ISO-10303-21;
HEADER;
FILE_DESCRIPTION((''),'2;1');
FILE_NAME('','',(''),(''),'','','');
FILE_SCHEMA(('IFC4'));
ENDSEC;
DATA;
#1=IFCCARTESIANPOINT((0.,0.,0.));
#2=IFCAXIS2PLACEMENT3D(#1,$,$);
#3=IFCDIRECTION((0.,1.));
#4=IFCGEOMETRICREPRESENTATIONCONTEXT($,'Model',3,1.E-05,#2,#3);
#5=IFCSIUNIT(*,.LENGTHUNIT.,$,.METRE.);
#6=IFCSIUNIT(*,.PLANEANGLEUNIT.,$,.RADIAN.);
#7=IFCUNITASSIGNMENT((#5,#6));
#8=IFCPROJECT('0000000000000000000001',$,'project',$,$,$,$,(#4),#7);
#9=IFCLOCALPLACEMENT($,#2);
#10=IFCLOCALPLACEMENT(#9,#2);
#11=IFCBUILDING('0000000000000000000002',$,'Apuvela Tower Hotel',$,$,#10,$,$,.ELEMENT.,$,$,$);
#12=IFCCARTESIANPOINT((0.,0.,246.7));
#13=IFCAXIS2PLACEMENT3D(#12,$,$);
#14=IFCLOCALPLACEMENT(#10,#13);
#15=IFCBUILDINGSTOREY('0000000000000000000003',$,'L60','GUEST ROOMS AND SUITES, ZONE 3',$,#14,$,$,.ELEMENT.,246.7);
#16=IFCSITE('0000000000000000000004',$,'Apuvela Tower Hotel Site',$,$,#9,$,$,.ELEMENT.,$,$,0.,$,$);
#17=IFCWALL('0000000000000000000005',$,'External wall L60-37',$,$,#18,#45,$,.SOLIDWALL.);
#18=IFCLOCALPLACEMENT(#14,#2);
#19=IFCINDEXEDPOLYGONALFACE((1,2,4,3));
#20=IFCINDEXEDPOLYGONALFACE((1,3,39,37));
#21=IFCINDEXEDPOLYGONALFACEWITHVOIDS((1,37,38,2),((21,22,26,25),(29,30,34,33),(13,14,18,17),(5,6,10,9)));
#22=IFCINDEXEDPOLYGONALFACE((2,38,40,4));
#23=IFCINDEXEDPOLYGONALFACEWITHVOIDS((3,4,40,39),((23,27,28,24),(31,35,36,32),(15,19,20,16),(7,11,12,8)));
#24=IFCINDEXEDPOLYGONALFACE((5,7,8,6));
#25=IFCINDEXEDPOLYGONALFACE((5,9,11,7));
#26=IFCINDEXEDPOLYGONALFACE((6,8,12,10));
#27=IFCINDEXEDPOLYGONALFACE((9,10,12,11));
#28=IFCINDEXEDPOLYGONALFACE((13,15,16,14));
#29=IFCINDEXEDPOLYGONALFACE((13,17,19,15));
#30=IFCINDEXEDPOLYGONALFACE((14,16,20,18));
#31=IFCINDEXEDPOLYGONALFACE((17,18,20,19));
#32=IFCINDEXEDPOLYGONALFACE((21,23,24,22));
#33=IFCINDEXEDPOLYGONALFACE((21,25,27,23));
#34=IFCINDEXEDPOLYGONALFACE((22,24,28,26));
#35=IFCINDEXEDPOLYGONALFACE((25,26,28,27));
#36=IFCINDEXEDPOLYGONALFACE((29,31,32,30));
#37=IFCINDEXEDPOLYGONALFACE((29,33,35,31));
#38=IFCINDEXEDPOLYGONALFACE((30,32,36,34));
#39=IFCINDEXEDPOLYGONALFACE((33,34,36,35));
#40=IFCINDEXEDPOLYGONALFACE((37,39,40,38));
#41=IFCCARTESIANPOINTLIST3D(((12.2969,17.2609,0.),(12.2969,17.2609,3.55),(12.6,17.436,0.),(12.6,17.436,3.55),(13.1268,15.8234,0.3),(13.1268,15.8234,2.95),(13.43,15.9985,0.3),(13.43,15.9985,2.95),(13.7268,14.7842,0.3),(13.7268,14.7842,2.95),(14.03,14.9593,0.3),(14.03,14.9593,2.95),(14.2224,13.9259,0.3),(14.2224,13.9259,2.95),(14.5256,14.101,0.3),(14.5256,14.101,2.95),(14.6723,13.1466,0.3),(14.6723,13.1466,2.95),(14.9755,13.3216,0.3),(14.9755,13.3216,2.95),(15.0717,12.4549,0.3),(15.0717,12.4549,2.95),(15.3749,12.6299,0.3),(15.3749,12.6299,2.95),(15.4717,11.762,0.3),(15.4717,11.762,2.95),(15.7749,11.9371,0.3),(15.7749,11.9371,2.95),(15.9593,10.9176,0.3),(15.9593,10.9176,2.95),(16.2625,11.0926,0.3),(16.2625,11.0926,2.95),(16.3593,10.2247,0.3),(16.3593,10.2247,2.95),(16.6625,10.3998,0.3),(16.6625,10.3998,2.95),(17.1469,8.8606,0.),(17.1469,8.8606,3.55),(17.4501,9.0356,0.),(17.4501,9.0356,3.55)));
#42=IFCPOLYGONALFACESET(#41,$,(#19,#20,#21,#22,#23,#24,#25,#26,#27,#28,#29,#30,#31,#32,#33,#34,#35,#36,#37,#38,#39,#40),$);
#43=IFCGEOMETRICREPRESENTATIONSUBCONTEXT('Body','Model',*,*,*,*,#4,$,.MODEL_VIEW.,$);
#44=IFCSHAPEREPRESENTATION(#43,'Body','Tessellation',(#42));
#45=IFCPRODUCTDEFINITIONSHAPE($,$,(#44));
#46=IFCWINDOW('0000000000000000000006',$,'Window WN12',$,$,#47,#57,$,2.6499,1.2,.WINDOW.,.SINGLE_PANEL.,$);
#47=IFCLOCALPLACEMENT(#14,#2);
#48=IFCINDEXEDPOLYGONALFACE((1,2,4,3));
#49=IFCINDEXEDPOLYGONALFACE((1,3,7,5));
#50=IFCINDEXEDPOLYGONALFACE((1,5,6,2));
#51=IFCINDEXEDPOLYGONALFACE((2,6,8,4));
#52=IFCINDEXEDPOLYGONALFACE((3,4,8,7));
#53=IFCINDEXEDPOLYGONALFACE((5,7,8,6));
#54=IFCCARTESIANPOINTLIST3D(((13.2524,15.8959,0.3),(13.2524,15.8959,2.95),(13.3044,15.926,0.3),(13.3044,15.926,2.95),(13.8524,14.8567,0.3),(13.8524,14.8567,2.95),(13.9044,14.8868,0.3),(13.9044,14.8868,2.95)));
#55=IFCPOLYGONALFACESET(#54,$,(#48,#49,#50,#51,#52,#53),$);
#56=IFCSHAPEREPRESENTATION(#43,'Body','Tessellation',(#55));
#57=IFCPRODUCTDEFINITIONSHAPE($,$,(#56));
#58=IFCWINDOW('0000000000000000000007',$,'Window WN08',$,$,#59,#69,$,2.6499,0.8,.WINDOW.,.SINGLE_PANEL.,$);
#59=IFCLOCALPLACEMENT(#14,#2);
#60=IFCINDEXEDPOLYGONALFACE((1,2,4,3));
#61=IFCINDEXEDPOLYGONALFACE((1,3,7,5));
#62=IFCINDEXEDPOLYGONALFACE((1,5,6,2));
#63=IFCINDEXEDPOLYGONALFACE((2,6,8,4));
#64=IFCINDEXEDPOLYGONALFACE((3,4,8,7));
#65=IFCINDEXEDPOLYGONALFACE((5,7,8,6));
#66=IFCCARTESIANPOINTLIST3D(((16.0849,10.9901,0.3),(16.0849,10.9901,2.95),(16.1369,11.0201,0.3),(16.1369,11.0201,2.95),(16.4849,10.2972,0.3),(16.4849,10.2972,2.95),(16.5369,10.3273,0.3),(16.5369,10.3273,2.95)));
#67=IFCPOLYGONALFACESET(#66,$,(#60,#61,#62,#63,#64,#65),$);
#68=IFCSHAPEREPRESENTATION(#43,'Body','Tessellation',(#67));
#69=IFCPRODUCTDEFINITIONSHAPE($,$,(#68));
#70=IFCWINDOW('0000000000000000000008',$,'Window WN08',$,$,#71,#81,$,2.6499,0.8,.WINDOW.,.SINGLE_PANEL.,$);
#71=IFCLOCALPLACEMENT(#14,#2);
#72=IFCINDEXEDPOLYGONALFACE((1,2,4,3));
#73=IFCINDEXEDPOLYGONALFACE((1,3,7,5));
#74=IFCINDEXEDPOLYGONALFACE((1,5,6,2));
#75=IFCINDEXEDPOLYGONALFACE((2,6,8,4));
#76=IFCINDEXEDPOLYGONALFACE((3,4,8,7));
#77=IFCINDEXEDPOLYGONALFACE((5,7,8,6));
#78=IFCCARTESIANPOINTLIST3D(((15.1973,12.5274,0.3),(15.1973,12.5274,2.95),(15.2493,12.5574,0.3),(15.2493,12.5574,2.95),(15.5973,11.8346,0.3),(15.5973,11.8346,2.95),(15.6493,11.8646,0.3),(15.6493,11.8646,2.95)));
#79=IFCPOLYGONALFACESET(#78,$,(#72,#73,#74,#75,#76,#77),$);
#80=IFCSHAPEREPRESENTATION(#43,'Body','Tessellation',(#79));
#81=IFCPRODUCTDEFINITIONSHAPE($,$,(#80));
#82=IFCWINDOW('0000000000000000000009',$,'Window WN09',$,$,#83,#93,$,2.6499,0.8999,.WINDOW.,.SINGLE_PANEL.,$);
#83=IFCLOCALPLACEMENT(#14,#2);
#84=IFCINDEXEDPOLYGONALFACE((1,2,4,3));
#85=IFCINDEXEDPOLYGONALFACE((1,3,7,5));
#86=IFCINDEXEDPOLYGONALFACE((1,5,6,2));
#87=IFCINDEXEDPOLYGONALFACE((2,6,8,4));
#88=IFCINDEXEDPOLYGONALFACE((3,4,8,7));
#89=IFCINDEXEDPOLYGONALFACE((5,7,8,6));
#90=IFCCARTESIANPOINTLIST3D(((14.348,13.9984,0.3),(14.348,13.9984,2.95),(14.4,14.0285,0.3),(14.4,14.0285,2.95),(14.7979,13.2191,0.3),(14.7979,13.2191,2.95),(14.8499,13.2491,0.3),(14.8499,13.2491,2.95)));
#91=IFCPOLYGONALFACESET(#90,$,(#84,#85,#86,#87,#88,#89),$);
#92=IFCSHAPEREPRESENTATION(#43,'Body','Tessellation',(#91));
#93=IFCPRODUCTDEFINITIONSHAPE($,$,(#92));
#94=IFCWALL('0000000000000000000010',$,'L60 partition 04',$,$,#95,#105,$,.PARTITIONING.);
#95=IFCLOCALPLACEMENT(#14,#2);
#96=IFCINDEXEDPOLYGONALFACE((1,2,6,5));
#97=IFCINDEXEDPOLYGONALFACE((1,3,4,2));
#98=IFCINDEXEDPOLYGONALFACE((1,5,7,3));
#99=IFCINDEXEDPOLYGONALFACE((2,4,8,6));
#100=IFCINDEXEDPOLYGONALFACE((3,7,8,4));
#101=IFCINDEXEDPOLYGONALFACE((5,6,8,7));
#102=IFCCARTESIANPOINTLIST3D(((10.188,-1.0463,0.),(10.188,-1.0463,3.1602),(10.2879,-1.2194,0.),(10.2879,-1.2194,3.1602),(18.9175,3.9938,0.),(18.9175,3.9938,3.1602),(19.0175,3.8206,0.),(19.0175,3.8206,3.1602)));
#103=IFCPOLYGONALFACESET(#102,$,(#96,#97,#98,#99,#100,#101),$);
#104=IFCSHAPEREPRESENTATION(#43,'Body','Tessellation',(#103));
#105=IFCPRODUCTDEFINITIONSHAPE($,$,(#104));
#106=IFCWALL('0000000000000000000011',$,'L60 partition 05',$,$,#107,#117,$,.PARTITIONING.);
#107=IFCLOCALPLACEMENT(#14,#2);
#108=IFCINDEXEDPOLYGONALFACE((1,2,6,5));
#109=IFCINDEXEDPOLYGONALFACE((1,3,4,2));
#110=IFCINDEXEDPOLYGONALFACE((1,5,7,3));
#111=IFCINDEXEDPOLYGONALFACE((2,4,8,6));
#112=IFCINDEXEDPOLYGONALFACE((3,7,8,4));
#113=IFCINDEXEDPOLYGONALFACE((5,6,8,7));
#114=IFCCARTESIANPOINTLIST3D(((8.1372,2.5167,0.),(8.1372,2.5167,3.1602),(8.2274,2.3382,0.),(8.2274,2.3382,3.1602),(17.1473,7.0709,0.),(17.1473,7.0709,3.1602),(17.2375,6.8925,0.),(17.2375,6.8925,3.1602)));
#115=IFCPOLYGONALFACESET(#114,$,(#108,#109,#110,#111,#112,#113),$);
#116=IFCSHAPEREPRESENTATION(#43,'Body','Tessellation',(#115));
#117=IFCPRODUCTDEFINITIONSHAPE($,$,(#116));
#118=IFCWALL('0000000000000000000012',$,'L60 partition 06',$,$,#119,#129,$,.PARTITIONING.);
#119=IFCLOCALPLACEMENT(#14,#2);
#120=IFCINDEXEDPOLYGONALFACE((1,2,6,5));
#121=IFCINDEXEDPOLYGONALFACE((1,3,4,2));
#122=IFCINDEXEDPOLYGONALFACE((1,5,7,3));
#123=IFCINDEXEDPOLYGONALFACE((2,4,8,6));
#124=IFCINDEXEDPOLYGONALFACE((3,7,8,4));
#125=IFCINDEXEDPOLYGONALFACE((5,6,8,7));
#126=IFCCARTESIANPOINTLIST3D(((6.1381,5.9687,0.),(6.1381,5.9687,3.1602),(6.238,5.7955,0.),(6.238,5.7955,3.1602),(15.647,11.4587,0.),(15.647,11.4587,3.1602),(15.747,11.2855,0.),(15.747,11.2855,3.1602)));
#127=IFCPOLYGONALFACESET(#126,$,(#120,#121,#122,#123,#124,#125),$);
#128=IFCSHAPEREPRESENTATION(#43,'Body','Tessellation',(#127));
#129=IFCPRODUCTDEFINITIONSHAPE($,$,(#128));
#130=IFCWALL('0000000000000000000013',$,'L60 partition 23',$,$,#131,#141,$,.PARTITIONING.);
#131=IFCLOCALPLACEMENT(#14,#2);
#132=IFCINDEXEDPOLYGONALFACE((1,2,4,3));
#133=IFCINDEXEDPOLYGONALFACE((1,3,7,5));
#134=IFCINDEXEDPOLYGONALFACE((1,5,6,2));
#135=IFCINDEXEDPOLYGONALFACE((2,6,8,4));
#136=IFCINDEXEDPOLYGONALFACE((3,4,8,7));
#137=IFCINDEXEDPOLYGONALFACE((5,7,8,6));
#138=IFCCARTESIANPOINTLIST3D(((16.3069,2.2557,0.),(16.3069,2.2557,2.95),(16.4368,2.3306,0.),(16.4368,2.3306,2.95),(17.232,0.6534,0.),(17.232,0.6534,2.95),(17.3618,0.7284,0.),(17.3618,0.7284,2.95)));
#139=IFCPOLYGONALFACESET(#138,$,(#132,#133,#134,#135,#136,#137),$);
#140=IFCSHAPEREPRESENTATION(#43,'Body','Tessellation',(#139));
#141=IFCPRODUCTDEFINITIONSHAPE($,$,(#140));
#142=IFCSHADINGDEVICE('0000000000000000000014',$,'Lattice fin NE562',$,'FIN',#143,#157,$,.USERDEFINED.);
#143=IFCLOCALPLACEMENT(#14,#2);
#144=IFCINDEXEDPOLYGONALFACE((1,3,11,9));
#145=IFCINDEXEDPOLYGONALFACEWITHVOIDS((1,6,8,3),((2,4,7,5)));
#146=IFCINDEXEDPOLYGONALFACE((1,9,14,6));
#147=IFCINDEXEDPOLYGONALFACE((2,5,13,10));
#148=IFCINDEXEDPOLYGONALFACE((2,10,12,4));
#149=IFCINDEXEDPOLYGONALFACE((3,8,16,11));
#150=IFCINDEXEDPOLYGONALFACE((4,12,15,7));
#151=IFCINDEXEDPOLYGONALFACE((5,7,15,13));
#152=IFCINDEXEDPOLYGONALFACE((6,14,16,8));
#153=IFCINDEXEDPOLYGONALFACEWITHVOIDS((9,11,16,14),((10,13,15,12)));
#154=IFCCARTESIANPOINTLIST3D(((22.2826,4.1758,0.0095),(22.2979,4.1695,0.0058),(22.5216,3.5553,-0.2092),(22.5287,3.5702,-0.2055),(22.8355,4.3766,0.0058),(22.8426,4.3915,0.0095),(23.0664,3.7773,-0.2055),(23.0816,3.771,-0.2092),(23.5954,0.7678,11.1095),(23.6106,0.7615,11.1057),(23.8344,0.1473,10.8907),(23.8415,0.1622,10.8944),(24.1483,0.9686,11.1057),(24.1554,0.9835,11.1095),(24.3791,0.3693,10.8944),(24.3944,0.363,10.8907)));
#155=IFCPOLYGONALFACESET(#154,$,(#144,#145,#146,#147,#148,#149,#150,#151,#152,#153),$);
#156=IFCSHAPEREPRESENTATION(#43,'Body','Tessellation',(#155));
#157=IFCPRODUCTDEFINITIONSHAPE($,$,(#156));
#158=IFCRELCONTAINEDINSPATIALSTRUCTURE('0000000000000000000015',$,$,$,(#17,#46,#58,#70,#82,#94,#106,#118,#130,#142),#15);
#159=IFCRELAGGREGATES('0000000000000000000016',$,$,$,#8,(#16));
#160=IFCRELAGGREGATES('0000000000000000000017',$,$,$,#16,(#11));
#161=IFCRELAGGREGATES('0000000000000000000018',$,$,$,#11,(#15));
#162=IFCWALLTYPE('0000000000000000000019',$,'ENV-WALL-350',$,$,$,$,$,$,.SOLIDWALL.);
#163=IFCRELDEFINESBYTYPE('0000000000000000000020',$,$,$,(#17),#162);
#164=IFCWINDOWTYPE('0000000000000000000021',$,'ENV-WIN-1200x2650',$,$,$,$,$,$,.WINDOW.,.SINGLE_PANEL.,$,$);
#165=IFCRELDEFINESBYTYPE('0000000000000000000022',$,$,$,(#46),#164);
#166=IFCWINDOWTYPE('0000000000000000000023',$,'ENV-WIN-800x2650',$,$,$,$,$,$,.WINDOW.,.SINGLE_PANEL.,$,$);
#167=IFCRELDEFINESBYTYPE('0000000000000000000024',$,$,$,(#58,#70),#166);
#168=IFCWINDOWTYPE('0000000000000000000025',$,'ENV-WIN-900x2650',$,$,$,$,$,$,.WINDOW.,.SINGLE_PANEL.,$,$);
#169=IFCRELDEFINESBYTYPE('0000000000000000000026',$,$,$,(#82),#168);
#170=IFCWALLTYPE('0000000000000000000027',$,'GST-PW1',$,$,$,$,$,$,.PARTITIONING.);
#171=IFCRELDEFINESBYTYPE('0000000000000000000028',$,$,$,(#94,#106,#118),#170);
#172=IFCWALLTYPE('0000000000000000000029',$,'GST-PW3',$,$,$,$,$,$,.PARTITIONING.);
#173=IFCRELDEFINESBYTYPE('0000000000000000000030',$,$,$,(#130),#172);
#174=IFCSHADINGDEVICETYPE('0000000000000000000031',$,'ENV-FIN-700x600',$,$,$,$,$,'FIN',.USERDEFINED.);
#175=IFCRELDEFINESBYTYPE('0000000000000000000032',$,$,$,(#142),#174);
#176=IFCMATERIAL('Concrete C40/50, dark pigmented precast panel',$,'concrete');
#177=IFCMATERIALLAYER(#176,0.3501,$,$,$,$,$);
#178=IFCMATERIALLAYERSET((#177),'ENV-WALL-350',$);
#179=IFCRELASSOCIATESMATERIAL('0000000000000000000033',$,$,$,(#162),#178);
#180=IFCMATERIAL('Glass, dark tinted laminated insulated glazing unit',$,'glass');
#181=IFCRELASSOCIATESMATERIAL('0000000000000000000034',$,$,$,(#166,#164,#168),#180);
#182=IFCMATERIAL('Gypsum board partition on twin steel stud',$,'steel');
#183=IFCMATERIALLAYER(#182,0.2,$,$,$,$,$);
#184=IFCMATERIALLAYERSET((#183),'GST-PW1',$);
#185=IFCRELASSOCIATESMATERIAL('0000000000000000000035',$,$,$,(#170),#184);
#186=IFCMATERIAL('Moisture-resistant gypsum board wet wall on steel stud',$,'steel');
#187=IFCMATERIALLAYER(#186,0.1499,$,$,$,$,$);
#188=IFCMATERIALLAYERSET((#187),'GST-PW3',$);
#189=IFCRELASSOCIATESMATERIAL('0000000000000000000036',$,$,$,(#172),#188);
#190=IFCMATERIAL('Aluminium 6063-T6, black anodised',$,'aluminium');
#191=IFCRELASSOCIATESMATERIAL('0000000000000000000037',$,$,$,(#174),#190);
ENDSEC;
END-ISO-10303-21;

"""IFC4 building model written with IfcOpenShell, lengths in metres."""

from ifc_helpers import new_model, si_unit, direction, frame, frame_2d, origin, origin_2d, place, context, subcontext, project, spatial, rectangle, hollow_rectangle, extrude, material, layer, layer_set, material_profile, profile_set, type_object, element, fill, save


model = new_model("IFC4")

# Units and contexts
model_context = context("Model", 3, precision=1e-05, world=origin(), true_north=direction((0.0, 1.0)))
body_context = subcontext(model_context, "Body", "Model", "MODEL_VIEW")
ifc_project = project(units=[si_unit("LENGTHUNIT", "METRE"), si_unit("PLANEANGLEUNIT", "RADIAN")], contexts=[model_context])

# Site, building, storey
site_placement = place(None, origin())
site = spatial("IfcSite", under=ifc_project, at=site_placement, Name="Apuvela Tower Hotel Site", CompositionType="ELEMENT", RefElevation=0.0)
building_placement = place(site_placement, origin())
building = spatial("IfcBuilding", under=site, at=building_placement, Name="Apuvela Tower Hotel", CompositionType="ELEMENT")
storey_placement = place(building_placement, frame((0.0, 0.0, 246.7)))
storey = spatial("IfcBuildingStorey", under=building, at=storey_placement, Name="L60", Description="GUEST ROOMS AND SUITES, ZONE 3", CompositionType="ELEMENT", Elevation=246.7)

# Shared definitions
ifc_material_1 = material(Name="Concrete C40/50, dark pigmented precast panel", Category="concrete")
ifc_layer_1 = layer(ifc_material_1, 0.3501)
ifc_layer_set_1 = layer_set([ifc_layer_1], Name="ENV-WALL-350")
wall_type_1 = type_object("IfcWallType", Name="ENV-WALL-350", PredefinedType="SOLIDWALL", material=ifc_layer_set_1)

# Shared definitions
ifc_material_2 = material(Name="Glass, dark tinted laminated insulated glazing unit", Category="glass")
window_type_1 = type_object("IfcWindowType", Name="ENV-WIN-800x2650", PartitioningType="SINGLE_PANEL", PredefinedType="WINDOW", material=ifc_material_2)

# Wall, openings, windows
wall_1_placement = place(storey_placement, frame((17.2986, 8.948, 0.0), z_axis=(0.0, 0.0, 1.0), x_axis=(-0.50001, 0.86602, 0.0)))
wall_1 = element("IfcWall", 1, at=wall_1_placement, inside=storey, type_object=wall_type_1, Name="External wall L60-37", PredefinedType="SOLIDWALL", context=body_context, shape_type="SweptSolid", body=[
    extrude(rectangle(XDim=9.7, YDim=0.3501, at=frame_2d((4.8501, 0.0))), origin(), (0.0, 0.0, 1.0), 3.55),
])
opening_1_placement = place(wall_1_placement, frame((1.5754, 0.0, 0.3)))
opening_1 = element("IfcOpeningElement", 2, at=opening_1_placement, cuts=wall_1, PredefinedType="OPENING", context=body_context, shape_type="SweptSolid", body=[
    extrude(rectangle(XDim=0.8, YDim=2.6499, at=frame_2d((0.3999, 1.325))), frame((0.0, 0.1851, 0.0), z_axis=(0.0, -1.0, 0.0), x_axis=(1.0, 0.0, 0.0)), (0.0, 0.0, 1.0), 0.3701),
])
opening_2_placement = place(wall_1_placement, frame((3.3506, 0.0, 0.3)))
opening_2 = element("IfcOpeningElement", 3, at=opening_2_placement, cuts=wall_1, PredefinedType="OPENING", context=body_context, shape_type="SweptSolid", body=[
    extrude(rectangle(XDim=0.8, YDim=2.6499, at=frame_2d((0.3999, 1.325))), frame((0.0, 0.1851, 0.0), z_axis=(0.0, -1.0, 0.0), x_axis=(1.0, 0.0, 0.0)), (0.0, 0.0, 1.0), 0.3701),
])
opening_3_placement = place(wall_1_placement, frame((4.9492, 0.0, 0.3)))
opening_3 = element("IfcOpeningElement", 4, at=opening_3_placement, cuts=wall_1, PredefinedType="OPENING", context=body_context, shape_type="SweptSolid", body=[
    extrude(rectangle(XDim=0.8999, YDim=2.6499, at=frame_2d((0.45, 1.325))), frame((0.0, 0.1851, 0.0), z_axis=(0.0, -1.0, 0.0), x_axis=(1.0, 0.0, 0.0)), (0.0, 0.0, 1.0), 0.3701),
])
opening_4_placement = place(wall_1_placement, frame((6.8401, 0.0, 0.3)))
opening_4 = element("IfcOpeningElement", 5, at=opening_4_placement, cuts=wall_1, PredefinedType="OPENING", context=body_context, shape_type="SweptSolid", body=[
    extrude(rectangle(XDim=1.2, YDim=2.6499, at=frame_2d((0.6001, 1.325))), frame((0.0, 0.1851, 0.0), z_axis=(0.0, -1.0, 0.0), x_axis=(1.0, 0.0, 0.0)), (0.0, 0.0, 1.0), 0.3701),
])
window_type_2 = type_object("IfcWindowType", Name="ENV-WIN-1200x2650", PartitioningType="SINGLE_PANEL", PredefinedType="WINDOW", material=ifc_material_2)
window_1_placement = place(opening_4_placement, origin())
window_1 = element("IfcWindow", 6, at=window_1_placement, inside=storey, type_object=window_type_2, Name="Window WN12", OverallHeight=2.6499, OverallWidth=1.2, PartitioningType="SINGLE_PANEL", PredefinedType="WINDOW", context=body_context, shape_type="SweptSolid", body=[
    extrude(rectangle(XDim=1.2, YDim=2.6499, at=frame_2d((0.6001, 1.325))), frame((0.0, 0.03, 0.0), z_axis=(0.0, -1.0, 0.0), x_axis=(1.0, 0.0, 0.0)), (0.0, 0.0, 1.0), 0.0601),
])
fill(opening_4, window_1)
window_2_placement = place(opening_1_placement, origin())
window_2 = element("IfcWindow", 7, at=window_2_placement, inside=storey, type_object=window_type_1, Name="Window WN08", OverallHeight=2.6499, OverallWidth=0.8, PartitioningType="SINGLE_PANEL", PredefinedType="WINDOW", context=body_context, shape_type="SweptSolid", body=[
    extrude(rectangle(XDim=0.8, YDim=2.6499, at=frame_2d((0.3999, 1.325))), frame((0.0, 0.03, 0.0), z_axis=(0.0, -1.0, 0.0), x_axis=(1.0, 0.0, 0.0)), (0.0, 0.0, 1.0), 0.0601),
])
fill(opening_1, window_2)
window_3_placement = place(opening_2_placement, origin())
window_3 = element("IfcWindow", 8, at=window_3_placement, inside=storey, type_object=window_type_1, Name="Window WN08", OverallHeight=2.6499, OverallWidth=0.8, PartitioningType="SINGLE_PANEL", PredefinedType="WINDOW", context=body_context, shape_type="SweptSolid", body=[
    extrude(rectangle(XDim=0.8, YDim=2.6499, at=frame_2d((0.3999, 1.325))), frame((0.0, 0.03, 0.0), z_axis=(0.0, -1.0, 0.0), x_axis=(1.0, 0.0, 0.0)), (0.0, 0.0, 1.0), 0.0601),
])
fill(opening_2, window_3)
window_type_3 = type_object("IfcWindowType", Name="ENV-WIN-900x2650", PartitioningType="SINGLE_PANEL", PredefinedType="WINDOW", material=ifc_material_2)
window_4_placement = place(opening_3_placement, origin())
window_4 = element("IfcWindow", 9, at=window_4_placement, inside=storey, type_object=window_type_3, Name="Window WN09", OverallHeight=2.6499, OverallWidth=0.8999, PartitioningType="SINGLE_PANEL", PredefinedType="WINDOW", context=body_context, shape_type="SweptSolid", body=[
    extrude(rectangle(XDim=0.8999, YDim=2.6499, at=frame_2d((0.45, 1.325))), frame((0.0, 0.03, 0.0), z_axis=(0.0, -1.0, 0.0), x_axis=(1.0, 0.0, 0.0)), (0.0, 0.0, 1.0), 0.0601),
])
fill(opening_3, window_4)

# Walls
ifc_material_3 = material(Name="Gypsum board partition on twin steel stud", Category="steel")
ifc_layer_2 = layer(ifc_material_3, 0.2)
ifc_layer_set_2 = layer_set([ifc_layer_2], Name="GST-PW1")
wall_type_2 = type_object("IfcWallType", Name="GST-PW1", PredefinedType="PARTITIONING", material=ifc_layer_set_2)
wall_2_placement = place(storey_placement, frame((18.9675, 3.9072, 0.0), z_axis=(0.0, 0.0, 1.0), x_axis=(-0.866023, -0.500005, 0.0)))
element("IfcWall", 10, at=wall_2_placement, inside=storey, type_object=wall_type_2, Name="L60 partition 04", PredefinedType="PARTITIONING", context=body_context, shape_type="SweptSolid", body=[
    extrude(rectangle(XDim=10.0801, YDim=0.2, at=frame_2d((5.04, 0.0))), origin(), (0.0, 0.0, 1.0), 3.1602),
])
wall_3_placement = place(storey_placement, frame((17.1924, 6.9817, 0.0), z_axis=(0.0, 0.0, 1.0), x_axis=(-0.89247, -0.451108, 0.0)))
element("IfcWall", 11, at=wall_3_placement, inside=storey, type_object=wall_type_2, Name="L60 partition 05", PredefinedType="PARTITIONING", context=body_context, shape_type="SweptSolid", body=[
    extrude(rectangle(XDim=10.0957, YDim=0.2, at=frame_2d((5.0479, 0.0))), origin(), (0.0, 0.0, 1.0), 3.1602),
])
wall_4_placement = place(storey_placement, frame((15.697, 11.3721, 0.0), z_axis=(0.0, 0.0, 1.0), x_axis=(-0.866027, -0.499996, 0.0)))
element("IfcWall", 12, at=wall_4_placement, inside=storey, type_object=wall_type_2, Name="L60 partition 06", PredefinedType="PARTITIONING", context=body_context, shape_type="SweptSolid", body=[
    extrude(rectangle(XDim=10.98, YDim=0.2, at=frame_2d((5.49, 0.0))), origin(), (0.0, 0.0, 1.0), 3.1602),
])
ifc_material_4 = material(Name="Moisture-resistant gypsum board wet wall on steel stud", Category="steel")
ifc_layer_3 = layer(ifc_material_4, 0.1499)
ifc_layer_set_3 = layer_set([ifc_layer_3], Name="GST-PW3")
wall_type_3 = type_object("IfcWallType", Name="GST-PW3", PredefinedType="PARTITIONING", material=ifc_layer_set_3)
wall_5_placement = place(storey_placement, frame((17.2969, 0.6909, 0.0), z_axis=(0.0, 0.0, 1.0), x_axis=(-0.499985, 0.866034, 0.0)))
element("IfcWall", 13, at=wall_5_placement, inside=storey, type_object=wall_type_3, Name="L60 partition 23", PredefinedType="PARTITIONING", context=body_context, shape_type="SweptSolid", body=[
    extrude(rectangle(XDim=1.8501, YDim=0.1499, at=frame_2d((0.925, 0.0))), origin(), (0.0, 0.0, 1.0), 2.95),
])

# Shading device
ifc_material_5 = material(Name="Aluminium 6063-T6, black anodised", Category="aluminium")
ifc_material_profile_1 = material_profile(ifc_material_5, hollow_rectangle(XDim=0.6001, YDim=0.7, WallThickness=0.012, at=origin_2d()), Name="AL BOX 700x600x12")
ifc_profile_set_1 = profile_set([ifc_material_profile_1], Name="Aluminium 6063-T6, black anodised")
shading_device_type = type_object("IfcShadingDeviceType", Name="ENV-FIN-700x600", ElementType="FIN", PredefinedType="USERDEFINED", material=ifc_profile_set_1)
shading_device_1_placement = place(storey_placement, frame((22.6821, 3.9734, -0.0999), z_axis=(0.112342, -0.291647, 0.949906), x_axis=(0.933163, 0.359454, 0.0)))
element("IfcShadingDevice", 14, at=shading_device_1_placement, inside=storey, type_object=shading_device_type, Name="Lattice fin NE562", ObjectType="FIN", PredefinedType="USERDEFINED", context=body_context, shape_type="SweptSolid", body=[
    extrude(hollow_rectangle(XDim=0.6001, YDim=0.7, WallThickness=0.012, at=origin_2d()), origin(), (0.0, 0.0, 1.0), 11.6853),
])

save(model, "model.ifc")
